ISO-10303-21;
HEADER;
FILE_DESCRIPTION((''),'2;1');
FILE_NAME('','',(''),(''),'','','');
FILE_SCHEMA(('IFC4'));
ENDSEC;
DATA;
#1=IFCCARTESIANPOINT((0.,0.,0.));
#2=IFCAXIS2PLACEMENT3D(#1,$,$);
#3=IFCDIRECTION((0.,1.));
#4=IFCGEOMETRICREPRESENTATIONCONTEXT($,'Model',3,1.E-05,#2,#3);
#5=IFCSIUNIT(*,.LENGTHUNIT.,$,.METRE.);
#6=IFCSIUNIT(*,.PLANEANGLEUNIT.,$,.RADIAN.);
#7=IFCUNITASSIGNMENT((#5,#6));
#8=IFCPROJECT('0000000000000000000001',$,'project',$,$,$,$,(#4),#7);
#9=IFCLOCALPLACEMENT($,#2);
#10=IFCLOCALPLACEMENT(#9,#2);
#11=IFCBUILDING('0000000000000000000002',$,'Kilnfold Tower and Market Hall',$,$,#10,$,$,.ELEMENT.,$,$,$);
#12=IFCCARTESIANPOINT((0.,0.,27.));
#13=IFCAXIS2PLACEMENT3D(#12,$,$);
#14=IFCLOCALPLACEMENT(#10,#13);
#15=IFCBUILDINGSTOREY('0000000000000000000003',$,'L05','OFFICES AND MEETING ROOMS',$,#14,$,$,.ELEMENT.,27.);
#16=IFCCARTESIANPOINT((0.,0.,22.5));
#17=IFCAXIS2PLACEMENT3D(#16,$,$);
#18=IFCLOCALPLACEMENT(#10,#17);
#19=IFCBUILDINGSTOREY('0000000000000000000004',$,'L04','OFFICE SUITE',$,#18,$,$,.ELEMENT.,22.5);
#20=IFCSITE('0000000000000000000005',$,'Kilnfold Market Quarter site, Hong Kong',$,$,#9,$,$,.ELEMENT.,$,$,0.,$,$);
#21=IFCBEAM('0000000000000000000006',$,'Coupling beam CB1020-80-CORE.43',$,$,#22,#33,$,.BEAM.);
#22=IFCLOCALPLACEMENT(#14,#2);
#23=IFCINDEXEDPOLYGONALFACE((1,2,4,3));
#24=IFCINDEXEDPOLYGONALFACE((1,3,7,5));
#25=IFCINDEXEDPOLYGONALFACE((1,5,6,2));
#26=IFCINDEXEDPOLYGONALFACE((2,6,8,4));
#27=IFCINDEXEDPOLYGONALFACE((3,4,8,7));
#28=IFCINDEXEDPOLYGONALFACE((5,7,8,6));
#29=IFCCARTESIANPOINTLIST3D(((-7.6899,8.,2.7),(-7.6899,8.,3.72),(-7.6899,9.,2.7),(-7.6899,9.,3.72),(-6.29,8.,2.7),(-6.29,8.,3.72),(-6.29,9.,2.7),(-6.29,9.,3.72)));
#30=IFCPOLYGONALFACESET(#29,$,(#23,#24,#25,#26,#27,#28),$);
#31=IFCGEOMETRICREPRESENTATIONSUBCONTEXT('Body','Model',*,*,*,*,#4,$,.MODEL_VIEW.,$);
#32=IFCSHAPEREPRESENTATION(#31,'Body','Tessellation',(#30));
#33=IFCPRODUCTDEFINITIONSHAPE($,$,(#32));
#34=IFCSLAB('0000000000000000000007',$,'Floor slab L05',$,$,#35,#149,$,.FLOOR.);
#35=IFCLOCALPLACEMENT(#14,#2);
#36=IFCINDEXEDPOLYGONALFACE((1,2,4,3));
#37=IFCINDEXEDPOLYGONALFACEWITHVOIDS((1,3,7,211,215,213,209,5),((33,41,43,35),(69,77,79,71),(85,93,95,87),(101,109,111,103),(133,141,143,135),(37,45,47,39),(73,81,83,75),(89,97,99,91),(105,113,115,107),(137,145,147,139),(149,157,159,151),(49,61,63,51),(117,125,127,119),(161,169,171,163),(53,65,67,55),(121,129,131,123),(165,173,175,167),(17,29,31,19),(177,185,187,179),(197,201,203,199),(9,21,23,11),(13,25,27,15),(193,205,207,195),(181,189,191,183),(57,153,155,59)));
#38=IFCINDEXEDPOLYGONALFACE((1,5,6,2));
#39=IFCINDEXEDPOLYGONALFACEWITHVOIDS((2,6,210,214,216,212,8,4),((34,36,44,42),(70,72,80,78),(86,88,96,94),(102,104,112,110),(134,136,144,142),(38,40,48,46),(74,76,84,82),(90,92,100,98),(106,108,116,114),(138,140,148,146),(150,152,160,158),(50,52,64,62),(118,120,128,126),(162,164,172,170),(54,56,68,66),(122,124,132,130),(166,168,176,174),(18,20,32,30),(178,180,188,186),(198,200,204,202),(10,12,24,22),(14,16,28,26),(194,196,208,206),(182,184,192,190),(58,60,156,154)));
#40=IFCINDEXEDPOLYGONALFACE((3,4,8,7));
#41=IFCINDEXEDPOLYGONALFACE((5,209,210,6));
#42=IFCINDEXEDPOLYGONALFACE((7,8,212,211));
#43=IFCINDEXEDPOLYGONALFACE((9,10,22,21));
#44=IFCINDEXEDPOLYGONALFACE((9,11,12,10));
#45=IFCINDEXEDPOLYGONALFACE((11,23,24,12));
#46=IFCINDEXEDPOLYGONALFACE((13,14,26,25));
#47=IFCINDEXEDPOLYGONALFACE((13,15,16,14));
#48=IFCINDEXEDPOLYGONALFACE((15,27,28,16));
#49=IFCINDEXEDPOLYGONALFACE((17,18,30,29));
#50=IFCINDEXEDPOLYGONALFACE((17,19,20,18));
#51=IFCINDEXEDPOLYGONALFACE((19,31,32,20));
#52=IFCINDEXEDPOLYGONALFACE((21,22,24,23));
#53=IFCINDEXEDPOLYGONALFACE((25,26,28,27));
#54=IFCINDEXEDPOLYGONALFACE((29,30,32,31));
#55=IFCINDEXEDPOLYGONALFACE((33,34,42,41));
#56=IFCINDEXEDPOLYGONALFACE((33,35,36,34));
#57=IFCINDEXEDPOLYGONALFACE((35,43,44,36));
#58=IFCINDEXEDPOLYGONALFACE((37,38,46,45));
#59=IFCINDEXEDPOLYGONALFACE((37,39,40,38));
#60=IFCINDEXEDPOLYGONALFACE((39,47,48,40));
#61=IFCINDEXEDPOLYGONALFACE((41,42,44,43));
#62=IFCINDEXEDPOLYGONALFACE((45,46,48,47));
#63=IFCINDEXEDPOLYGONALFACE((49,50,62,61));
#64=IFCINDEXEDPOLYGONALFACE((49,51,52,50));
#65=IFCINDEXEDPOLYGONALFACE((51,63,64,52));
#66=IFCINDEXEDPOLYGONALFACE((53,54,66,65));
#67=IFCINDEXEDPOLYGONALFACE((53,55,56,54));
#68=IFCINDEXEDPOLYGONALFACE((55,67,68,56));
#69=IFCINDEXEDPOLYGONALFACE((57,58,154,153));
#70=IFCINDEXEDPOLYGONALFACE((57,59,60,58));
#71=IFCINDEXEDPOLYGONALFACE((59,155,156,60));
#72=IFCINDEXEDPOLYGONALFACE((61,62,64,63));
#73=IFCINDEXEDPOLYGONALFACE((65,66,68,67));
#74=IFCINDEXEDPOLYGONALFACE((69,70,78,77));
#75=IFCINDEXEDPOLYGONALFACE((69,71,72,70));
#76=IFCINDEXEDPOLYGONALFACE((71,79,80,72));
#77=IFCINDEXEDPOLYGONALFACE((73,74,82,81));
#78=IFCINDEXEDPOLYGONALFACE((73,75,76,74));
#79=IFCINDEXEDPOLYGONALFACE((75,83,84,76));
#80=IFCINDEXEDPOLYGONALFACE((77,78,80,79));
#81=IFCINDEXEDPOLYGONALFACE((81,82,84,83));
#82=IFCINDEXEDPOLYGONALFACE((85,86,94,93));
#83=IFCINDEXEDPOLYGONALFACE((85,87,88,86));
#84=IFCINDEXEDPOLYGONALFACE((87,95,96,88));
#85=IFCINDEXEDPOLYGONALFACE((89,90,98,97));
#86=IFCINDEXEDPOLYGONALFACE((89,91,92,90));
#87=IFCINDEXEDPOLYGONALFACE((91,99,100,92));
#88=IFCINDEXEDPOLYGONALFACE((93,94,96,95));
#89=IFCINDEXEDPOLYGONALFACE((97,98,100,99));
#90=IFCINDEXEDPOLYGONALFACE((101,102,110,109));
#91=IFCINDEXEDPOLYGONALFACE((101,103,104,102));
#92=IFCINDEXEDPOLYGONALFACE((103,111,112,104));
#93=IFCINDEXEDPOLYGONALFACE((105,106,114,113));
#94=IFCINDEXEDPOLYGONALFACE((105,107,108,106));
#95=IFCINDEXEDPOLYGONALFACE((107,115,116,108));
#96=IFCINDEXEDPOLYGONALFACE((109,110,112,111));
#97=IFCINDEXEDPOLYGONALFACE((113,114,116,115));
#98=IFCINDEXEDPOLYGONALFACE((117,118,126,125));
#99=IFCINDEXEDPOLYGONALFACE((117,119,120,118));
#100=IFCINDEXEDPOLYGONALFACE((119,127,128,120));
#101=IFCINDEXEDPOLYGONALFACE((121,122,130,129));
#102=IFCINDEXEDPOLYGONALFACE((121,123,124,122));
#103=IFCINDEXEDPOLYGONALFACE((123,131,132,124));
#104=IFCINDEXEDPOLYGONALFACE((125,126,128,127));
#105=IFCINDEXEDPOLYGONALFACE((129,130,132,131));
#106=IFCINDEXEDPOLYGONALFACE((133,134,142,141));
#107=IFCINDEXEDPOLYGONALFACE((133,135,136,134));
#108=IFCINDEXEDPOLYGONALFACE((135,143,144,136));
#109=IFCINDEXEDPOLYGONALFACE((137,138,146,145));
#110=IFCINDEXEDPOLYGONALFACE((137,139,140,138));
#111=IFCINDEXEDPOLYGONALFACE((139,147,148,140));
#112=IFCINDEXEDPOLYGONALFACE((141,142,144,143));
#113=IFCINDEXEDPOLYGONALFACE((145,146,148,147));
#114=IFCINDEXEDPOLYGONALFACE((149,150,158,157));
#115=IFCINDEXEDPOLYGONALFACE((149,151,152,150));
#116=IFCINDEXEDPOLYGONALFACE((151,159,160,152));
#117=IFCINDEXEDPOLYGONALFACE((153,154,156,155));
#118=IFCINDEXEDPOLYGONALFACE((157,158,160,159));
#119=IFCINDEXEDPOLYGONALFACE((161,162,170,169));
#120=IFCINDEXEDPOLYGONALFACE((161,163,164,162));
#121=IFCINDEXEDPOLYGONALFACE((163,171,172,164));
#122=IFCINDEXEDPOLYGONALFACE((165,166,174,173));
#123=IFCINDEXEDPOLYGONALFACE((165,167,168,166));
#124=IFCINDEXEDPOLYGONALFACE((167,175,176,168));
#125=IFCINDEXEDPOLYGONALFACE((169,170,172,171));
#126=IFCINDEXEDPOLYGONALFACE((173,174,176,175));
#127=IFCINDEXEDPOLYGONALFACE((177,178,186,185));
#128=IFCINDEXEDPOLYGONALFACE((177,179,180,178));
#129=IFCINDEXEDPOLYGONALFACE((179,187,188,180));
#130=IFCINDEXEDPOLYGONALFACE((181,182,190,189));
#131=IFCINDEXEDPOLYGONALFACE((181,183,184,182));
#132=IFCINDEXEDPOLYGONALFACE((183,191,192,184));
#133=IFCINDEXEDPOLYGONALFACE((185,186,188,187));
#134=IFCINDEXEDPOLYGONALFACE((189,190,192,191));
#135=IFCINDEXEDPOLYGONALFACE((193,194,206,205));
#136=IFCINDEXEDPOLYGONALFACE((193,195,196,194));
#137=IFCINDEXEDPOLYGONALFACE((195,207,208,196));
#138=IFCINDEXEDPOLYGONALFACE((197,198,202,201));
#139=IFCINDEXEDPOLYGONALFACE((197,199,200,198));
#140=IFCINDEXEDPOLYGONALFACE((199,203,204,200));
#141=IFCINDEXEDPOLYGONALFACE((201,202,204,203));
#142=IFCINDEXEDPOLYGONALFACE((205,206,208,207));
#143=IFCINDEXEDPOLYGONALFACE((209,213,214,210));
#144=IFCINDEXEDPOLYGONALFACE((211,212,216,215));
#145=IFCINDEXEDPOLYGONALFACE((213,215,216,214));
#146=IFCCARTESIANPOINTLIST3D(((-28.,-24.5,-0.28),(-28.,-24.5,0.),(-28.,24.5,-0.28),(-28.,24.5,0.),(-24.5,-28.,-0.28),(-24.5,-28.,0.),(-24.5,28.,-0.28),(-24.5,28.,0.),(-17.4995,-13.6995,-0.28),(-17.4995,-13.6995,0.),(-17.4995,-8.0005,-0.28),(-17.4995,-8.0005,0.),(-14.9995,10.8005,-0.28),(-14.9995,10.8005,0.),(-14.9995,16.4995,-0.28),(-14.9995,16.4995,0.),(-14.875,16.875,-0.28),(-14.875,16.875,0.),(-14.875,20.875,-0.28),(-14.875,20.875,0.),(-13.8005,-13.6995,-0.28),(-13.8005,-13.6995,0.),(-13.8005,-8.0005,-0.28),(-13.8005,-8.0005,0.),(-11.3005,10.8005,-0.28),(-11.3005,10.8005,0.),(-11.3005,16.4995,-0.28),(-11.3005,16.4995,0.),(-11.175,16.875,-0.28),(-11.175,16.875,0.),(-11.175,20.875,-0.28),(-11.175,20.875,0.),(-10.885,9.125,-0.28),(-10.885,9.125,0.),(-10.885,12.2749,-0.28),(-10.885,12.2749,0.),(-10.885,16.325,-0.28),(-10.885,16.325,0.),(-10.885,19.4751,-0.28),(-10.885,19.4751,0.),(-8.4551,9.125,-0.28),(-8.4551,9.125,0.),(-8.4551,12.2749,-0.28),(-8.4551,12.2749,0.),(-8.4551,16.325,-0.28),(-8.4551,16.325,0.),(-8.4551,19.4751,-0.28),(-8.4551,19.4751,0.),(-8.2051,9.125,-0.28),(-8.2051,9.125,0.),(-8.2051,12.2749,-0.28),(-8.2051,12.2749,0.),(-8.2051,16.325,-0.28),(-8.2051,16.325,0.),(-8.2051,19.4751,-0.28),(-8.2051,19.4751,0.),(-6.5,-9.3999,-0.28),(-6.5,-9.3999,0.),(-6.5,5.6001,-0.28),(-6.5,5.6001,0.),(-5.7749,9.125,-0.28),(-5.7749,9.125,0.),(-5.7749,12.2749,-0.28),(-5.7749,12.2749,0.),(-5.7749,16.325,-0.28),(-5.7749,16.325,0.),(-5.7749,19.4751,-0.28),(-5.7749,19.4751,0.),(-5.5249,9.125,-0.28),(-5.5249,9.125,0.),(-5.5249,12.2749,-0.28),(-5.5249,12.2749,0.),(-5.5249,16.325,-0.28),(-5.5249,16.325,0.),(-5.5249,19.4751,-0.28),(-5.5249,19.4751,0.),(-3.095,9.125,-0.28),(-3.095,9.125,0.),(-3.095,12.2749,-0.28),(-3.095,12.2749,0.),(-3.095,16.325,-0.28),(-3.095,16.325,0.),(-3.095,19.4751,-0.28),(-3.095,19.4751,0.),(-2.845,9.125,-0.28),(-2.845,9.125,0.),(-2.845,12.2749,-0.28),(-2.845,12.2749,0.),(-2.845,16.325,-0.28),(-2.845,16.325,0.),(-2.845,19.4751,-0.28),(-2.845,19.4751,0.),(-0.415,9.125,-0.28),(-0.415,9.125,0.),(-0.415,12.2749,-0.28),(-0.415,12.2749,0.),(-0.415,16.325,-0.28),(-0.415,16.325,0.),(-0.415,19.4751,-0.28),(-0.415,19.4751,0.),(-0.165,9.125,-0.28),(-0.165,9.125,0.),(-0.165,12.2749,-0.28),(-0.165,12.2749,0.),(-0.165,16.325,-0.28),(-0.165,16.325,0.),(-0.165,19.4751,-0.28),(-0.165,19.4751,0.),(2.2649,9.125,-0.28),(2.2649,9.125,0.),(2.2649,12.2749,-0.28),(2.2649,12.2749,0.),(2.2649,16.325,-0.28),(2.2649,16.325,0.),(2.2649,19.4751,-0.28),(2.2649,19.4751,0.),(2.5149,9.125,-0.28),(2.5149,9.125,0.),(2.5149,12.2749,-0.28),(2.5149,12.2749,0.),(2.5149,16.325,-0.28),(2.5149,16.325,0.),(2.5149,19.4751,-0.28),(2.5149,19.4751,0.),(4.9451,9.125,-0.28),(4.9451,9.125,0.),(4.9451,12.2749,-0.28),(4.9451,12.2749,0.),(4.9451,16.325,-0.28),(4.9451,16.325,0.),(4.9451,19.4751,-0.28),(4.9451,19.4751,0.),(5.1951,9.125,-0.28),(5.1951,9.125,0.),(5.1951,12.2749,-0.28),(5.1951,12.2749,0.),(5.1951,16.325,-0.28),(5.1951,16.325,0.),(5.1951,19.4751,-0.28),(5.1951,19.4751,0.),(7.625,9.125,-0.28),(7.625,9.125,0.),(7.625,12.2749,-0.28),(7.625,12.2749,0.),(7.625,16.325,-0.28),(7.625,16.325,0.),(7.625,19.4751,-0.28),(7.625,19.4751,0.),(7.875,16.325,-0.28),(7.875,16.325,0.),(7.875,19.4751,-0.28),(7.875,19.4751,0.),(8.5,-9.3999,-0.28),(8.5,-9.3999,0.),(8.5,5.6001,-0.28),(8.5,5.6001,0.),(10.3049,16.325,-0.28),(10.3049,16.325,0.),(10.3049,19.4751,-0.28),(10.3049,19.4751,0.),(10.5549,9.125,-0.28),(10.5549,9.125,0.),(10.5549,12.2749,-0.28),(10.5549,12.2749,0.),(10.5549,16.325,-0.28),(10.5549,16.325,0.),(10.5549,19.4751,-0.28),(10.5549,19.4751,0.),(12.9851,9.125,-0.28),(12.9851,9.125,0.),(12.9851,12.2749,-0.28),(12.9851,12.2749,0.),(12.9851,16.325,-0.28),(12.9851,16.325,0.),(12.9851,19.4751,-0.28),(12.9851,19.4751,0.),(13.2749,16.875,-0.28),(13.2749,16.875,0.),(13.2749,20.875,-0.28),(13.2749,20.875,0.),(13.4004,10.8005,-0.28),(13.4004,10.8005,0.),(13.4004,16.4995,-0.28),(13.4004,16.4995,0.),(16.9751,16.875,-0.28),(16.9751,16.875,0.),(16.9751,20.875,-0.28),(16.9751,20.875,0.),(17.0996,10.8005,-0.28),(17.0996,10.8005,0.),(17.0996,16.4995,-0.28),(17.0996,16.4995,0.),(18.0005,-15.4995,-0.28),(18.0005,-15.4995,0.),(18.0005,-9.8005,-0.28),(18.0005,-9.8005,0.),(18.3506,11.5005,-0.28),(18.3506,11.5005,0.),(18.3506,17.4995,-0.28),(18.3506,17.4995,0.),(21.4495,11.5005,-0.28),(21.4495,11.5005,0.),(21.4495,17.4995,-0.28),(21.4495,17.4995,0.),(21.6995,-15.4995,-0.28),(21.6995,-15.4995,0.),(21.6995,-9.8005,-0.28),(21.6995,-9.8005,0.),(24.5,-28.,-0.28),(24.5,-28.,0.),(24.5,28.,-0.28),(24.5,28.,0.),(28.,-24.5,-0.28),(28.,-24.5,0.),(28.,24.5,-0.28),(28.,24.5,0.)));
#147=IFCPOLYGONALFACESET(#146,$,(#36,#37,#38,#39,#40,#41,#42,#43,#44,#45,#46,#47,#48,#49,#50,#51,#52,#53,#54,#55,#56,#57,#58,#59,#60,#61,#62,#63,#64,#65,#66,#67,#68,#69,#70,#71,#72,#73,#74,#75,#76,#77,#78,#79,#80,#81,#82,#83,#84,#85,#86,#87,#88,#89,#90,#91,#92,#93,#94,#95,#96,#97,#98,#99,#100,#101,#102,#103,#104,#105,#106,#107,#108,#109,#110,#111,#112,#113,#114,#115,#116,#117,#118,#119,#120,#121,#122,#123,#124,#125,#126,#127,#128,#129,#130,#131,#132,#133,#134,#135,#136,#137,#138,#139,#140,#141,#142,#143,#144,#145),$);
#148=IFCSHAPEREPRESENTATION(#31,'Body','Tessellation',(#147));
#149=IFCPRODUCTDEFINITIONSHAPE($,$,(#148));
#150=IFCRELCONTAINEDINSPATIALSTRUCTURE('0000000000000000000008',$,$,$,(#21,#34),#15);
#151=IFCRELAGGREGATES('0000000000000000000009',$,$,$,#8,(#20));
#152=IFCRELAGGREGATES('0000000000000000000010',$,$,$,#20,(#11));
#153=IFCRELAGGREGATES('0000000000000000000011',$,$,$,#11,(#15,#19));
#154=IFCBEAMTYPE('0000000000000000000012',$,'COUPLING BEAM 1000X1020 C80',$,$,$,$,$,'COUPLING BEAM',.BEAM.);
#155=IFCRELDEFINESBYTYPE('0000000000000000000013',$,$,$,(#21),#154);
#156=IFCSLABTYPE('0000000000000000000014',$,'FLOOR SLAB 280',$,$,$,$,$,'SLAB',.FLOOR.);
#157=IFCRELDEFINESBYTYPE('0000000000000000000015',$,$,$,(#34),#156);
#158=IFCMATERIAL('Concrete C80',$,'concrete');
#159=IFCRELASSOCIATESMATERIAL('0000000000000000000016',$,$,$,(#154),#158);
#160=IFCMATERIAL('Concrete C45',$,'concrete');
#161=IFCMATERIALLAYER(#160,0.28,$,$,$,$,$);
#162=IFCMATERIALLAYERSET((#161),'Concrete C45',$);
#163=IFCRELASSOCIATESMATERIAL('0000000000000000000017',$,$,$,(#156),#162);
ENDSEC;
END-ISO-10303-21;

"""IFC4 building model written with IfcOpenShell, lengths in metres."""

from ifc_helpers import new_model, si_unit, direction, frame, origin, origin_2d, place, context, subcontext, project, spatial, polyline, rectangle, outline, extrude, source, transform, mapped, material, layer, layer_set, material_profile, profile_set, type_object, element, save


model = new_model("IFC4")

# Units and contexts
model_context = context("Model", 3, precision=1e-05, world=origin(), true_north=direction((0.0, 1.0)))
body_context = subcontext(model_context, "Body", "Model", "MODEL_VIEW")
ifc_project = project(units=[si_unit("LENGTHUNIT", "METRE"), si_unit("PLANEANGLEUNIT", "RADIAN")], contexts=[model_context])

# Site, building, storey
site_placement = place(None, origin())
site = spatial("IfcSite", under=ifc_project, at=site_placement, Name="Kilnfold Market Quarter site, Hong Kong", CompositionType="ELEMENT", RefElevation=0.0)
building_placement = place(site_placement, origin())
building = spatial("IfcBuilding", under=site, at=building_placement, Name="Kilnfold Tower and Market Hall", CompositionType="ELEMENT")
storey_1_placement = place(building_placement, frame((0.0, 0.0, 27.0)))
storey_1 = spatial("IfcBuildingStorey", under=building, at=storey_1_placement, Name="L05", Description="OFFICES AND MEETING ROOMS", CompositionType="ELEMENT", Elevation=27.0)

# Beam
ifc_material_1 = material(Name="Concrete C80", Category="concrete")
ifc_material_profile = material_profile(ifc_material_1, rectangle(XDim=1.0, YDim=1.02, at=origin_2d()), Name="RC 1000x1020")
ifc_profile_set = profile_set([ifc_material_profile], Name="Concrete C80")
beam_type = type_object("IfcBeamType", Name="COUPLING BEAM 1000X1020 C80", ElementType="COUPLING BEAM", PredefinedType="BEAM", material=ifc_profile_set)
shared_shape_1 = source(origin(), body_context, "Body", "SweptSolid", [
    extrude(rectangle(XDim=1.0, YDim=1.02, at=origin_2d()), origin(), (0.0, 0.0, 1.0), 1.3999),
])
beam_placement = place(storey_1_placement, frame((-7.6899, 8.5, 3.21), z_axis=(1.0, 0.0, 0.0), x_axis=(0.0, 1.0, 0.0)))
element("IfcBeam", 1, at=beam_placement, inside=storey_1, type_object=beam_type, Name="Coupling beam CB1020-80-CORE.43", PredefinedType="BEAM", context=body_context, shape_type="MappedRepresentation", body=[
    mapped(shared_shape_1, transform((0.0, 0.0, 0.0))),
])

# Slab
ifc_material_2 = material(Name="Concrete C45", Category="concrete")
ifc_layer_1 = layer(ifc_material_2, 0.28)
ifc_layer_set_1 = layer_set([ifc_layer_1], Name="Concrete C45")
slab_type_1 = type_object("IfcSlabType", Name="FLOOR SLAB 280", ElementType="SLAB", PredefinedType="FLOOR", material=ifc_layer_set_1)
shared_shape_2 = source(origin(), body_context, "Body", "SweptSolid", [
    extrude(outline(polyline([(-24.5, -28.0), (24.5, -28.0), (28.0, -24.5), (28.0, 24.5), (24.5, 28.0), (-24.5, 28.0), (-28.0, 24.5), (-28.0, -24.5), (-24.5, -28.0)]), holes=[polyline([(-13.8005, -13.6995), (-17.4995, -13.6995), (-17.4995, -8.0005), (-13.8005, -8.0005), (-13.8005, -13.6995)]), polyline([(-11.3005, 10.8005), (-14.9995, 10.8005), (-14.9995, 16.4995), (-11.3005, 16.4995), (-11.3005, 10.8005)]), polyline([(-11.175, 16.875), (-14.875, 16.875), (-14.875, 20.875), (-11.175, 20.875), (-11.175, 16.875)]), polyline([(-10.885, 9.125), (-10.885, 12.2749), (-8.4551, 12.2749), (-8.4551, 9.125), (-10.885, 9.125)]), polyline([(-10.885, 16.325), (-10.885, 19.4751), (-8.4551, 19.4751), (-8.4551, 16.325), (-10.885, 16.325)]), polyline([(-5.7749, 9.125), (-8.2051, 9.125), (-8.2051, 12.2749), (-5.7749, 12.2749), (-5.7749, 9.125)]), polyline([(-8.2051, 16.325), (-8.2051, 19.4751), (-5.7749, 19.4751), (-5.7749, 16.325), (-8.2051, 16.325)]), polyline([(-6.5, -9.3999), (-6.5, 5.6001), (8.5, 5.6001), (8.5, -9.3999), (-6.5, -9.3999)]), polyline([(-5.5249, 9.125), (-5.5249, 12.2749), (-3.095, 12.2749), (-3.095, 9.125), (-5.5249, 9.125)]), polyline([(-3.095, 16.325), (-5.5249, 16.325), (-5.5249, 19.4751), (-3.095, 19.4751), (-3.095, 16.325)]), polyline([(-2.845, 9.125), (-2.845, 12.2749), (-0.415, 12.2749), (-0.415, 9.125), (-2.845, 9.125)]), polyline([(-2.845, 16.325), (-2.845, 19.4751), (-0.415, 19.4751), (-0.415, 16.325), (-2.845, 16.325)]), polyline([(-0.165, 9.125), (-0.165, 12.2749), (2.2649, 12.2749), (2.2649, 9.125), (-0.165, 9.125)]), polyline([(-0.165, 16.325), (-0.165, 19.4751), (2.2649, 19.4751), (2.2649, 16.325), (-0.165, 16.325)]), polyline([(4.9451, 9.125), (2.5149, 9.125), (2.5149, 12.2749), (4.9451, 12.2749), (4.9451, 9.125)]), polyline([(2.5149, 16.325), (2.5149, 19.4751), (4.9451, 19.4751), (4.9451, 16.325), (2.5149, 16.325)]), polyline([(5.1951, 9.125), (5.1951, 12.2749), (7.625, 12.2749), (7.625, 9.125), (5.1951, 9.125)]), polyline([(5.1951, 16.325), (5.1951, 19.4751), (7.625, 19.4751), (7.625, 16.325), (5.1951, 16.325)]), polyline([(7.875, 16.325), (7.875, 19.4751), (10.3049, 19.4751), (10.3049, 16.325), (7.875, 16.325)]), polyline([(10.5549, 9.125), (10.5549, 12.2749), (12.9851, 12.2749), (12.9851, 9.125), (10.5549, 9.125)]), polyline([(10.5549, 16.325), (10.5549, 19.4751), (12.9851, 19.4751), (12.9851, 16.325), (10.5549, 16.325)]), polyline([(13.2749, 16.875), (13.2749, 20.875), (16.9751, 20.875), (16.9751, 16.875), (13.2749, 16.875)]), polyline([(17.0996, 10.8005), (13.4004, 10.8005), (13.4004, 16.4995), (17.0996, 16.4995), (17.0996, 10.8005)]), polyline([(21.6995, -9.8005), (21.6995, -15.4995), (18.0005, -15.4995), (18.0005, -9.8005), (21.6995, -9.8005)]), polyline([(18.3506, 11.5005), (18.3506, 17.4995), (21.4495, 17.4995), (21.4495, 11.5005), (18.3506, 11.5005)])]), origin(), (0.0, 0.0, 1.0), 0.28),
])
slab_1_placement = place(storey_1_placement, frame((0.0, 0.0, -0.28)))
element("IfcSlab", 2, at=slab_1_placement, inside=storey_1, type_object=slab_type_1, Name="Floor slab L05", PredefinedType="FLOOR", context=body_context, shape_type="MappedRepresentation", body=[
    mapped(shared_shape_2, transform((0.0, 0.0, 0.0))),
])

# Shared definitions
storey_2_placement = place(building_placement, frame((0.0, 0.0, 22.5)))
storey_2 = spatial("IfcBuildingStorey", under=building, at=storey_2_placement, Name="L04", Description="OFFICE SUITE", CompositionType="ELEMENT", Elevation=22.5)

save(model, "model.ifc")
